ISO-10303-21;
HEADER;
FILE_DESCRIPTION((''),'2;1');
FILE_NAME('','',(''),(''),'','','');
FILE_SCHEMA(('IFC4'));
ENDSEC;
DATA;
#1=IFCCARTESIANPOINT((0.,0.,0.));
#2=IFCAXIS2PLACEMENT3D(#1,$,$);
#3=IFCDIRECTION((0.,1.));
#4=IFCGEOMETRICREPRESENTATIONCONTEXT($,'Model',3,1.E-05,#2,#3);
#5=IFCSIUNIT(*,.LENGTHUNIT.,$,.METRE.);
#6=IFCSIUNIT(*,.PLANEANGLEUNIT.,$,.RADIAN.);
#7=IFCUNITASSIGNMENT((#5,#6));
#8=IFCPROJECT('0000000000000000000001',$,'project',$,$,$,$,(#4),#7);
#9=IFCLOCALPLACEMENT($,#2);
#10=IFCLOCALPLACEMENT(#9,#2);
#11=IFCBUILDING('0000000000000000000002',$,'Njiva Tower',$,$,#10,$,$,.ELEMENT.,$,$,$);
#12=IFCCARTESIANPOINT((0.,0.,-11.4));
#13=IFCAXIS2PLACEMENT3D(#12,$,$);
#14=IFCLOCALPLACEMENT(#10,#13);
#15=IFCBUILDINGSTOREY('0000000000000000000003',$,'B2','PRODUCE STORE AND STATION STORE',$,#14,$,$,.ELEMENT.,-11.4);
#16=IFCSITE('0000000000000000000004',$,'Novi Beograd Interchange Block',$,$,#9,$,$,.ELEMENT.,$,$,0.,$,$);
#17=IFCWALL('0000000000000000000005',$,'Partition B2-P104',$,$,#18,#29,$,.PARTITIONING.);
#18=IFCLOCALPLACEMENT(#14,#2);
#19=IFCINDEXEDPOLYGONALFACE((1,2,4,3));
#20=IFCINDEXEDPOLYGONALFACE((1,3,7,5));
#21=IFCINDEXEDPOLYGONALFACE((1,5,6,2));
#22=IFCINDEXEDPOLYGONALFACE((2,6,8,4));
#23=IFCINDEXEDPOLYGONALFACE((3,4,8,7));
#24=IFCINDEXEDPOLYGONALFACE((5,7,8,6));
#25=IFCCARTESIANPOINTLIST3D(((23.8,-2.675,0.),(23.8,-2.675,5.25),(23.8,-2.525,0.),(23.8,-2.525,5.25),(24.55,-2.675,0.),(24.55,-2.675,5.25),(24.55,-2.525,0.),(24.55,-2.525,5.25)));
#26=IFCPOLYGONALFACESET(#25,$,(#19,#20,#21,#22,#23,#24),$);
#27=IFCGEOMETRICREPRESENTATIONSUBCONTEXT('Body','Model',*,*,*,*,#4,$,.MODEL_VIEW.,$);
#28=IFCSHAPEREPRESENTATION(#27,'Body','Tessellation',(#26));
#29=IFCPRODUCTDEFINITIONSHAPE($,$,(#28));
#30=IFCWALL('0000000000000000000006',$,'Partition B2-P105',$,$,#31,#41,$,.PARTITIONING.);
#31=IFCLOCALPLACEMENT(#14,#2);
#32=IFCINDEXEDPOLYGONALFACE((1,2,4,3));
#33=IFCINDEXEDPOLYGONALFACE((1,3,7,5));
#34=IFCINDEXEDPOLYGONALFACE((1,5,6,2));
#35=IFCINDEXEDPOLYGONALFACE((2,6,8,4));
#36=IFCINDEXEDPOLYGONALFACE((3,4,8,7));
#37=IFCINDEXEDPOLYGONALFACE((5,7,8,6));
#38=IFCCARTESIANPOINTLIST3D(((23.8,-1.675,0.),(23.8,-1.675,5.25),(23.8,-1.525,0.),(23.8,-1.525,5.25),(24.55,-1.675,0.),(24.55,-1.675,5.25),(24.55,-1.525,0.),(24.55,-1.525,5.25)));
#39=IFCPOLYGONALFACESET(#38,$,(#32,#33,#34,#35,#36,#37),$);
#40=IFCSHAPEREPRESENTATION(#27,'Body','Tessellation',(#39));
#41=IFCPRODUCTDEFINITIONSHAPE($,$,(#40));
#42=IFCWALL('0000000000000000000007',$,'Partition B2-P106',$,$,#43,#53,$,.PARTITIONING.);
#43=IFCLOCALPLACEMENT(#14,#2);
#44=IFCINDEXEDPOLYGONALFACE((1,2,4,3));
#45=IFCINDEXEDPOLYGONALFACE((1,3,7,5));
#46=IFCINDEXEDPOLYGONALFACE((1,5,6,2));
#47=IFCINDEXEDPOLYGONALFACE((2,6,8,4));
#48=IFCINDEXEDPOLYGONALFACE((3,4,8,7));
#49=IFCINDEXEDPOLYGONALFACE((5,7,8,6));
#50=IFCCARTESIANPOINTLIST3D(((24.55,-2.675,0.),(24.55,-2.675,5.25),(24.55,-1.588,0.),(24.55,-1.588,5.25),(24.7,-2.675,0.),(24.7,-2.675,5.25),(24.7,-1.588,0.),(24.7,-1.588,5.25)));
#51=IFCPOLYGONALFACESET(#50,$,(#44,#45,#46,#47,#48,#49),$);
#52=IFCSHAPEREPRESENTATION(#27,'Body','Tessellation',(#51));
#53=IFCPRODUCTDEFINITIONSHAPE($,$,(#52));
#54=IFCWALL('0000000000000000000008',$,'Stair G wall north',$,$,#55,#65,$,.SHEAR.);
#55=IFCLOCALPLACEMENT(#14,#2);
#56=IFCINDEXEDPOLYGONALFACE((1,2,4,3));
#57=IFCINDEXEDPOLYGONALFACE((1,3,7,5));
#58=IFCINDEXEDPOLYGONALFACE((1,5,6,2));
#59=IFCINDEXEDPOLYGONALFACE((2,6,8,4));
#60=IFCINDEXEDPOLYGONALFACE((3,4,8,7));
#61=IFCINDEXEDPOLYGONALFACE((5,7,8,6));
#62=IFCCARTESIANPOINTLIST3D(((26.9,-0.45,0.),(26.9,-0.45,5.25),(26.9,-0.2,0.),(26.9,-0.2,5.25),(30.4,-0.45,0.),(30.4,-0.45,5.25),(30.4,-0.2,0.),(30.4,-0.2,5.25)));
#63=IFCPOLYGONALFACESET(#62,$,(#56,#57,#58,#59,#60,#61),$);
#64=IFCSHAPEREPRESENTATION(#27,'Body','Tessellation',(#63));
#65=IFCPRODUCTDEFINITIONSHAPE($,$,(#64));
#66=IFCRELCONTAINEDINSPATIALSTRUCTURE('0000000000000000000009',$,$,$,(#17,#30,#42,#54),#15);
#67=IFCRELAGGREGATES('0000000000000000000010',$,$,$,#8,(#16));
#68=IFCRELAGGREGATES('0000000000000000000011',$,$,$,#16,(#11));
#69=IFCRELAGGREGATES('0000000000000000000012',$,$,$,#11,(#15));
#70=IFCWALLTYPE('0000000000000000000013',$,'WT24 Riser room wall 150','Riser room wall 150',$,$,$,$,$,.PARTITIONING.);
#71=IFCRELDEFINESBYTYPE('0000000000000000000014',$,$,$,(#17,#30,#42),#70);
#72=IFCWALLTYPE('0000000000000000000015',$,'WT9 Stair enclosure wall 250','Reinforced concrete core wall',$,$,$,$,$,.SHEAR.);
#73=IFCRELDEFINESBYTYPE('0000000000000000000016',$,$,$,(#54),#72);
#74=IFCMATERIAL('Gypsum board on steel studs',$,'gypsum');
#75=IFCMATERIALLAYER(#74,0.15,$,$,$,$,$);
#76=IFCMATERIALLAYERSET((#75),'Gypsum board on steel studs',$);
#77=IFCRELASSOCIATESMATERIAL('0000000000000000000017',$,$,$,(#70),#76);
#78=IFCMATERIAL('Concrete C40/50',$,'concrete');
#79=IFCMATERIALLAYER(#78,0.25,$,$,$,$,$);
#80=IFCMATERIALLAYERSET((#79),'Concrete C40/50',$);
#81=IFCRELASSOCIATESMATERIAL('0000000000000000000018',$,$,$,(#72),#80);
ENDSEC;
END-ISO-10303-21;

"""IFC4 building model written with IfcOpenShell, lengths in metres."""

from ifc_helpers import new_model, si_unit, direction, frame, frame_2d, origin, place, context, subcontext, project, spatial, rectangle, extrude, material, layer, layer_set, type_object, element, save


model = new_model("IFC4")

# Units and contexts
model_context = context("Model", 3, precision=1e-05, world=origin(), true_north=direction((0.0, 1.0)))
body_context = subcontext(model_context, "Body", "Model", "MODEL_VIEW")
ifc_project = project(units=[si_unit("LENGTHUNIT", "METRE"), si_unit("PLANEANGLEUNIT", "RADIAN")], contexts=[model_context])

# Site, building, storey
site_placement = place(None, origin())
site = spatial("IfcSite", under=ifc_project, at=site_placement, Name="Novi Beograd Interchange Block", CompositionType="ELEMENT", RefElevation=0.0)
building_placement = place(site_placement, origin())
building = spatial("IfcBuilding", under=site, at=building_placement, Name="Njiva Tower", CompositionType="ELEMENT")
storey_placement = place(building_placement, frame((0.0, 0.0, -11.4)))
storey = spatial("IfcBuildingStorey", under=building, at=storey_placement, Name="B2", Description="PRODUCE STORE AND STATION STORE", CompositionType="ELEMENT", Elevation=-11.4)

# Shared definitions
ifc_material_1 = material(Name="Gypsum board on steel studs", Category="gypsum")

# Walls
ifc_layer_1 = layer(ifc_material_1, 0.15)
ifc_layer_set_1 = layer_set([ifc_layer_1], Name="Gypsum board on steel studs")
wall_type_1 = type_object("IfcWallType", Name="WT24 Riser room wall 150", Description="Riser room wall 150", PredefinedType="PARTITIONING", material=ifc_layer_set_1)
for number, where, z_axis, x_axis, name in (
    (1, (23.8, -2.6, 0.0), (0.0, 0.0, 1.0), (1.0, 0.0, 0.0), "Partition B2-P104"),
    (2, (23.8, -1.6, 0.0), (0.0, 0.0, 1.0), (1.0, 0.0, 0.0), "Partition B2-P105"),
):
    element("IfcWall", number, at=place(storey_placement, frame(where, z_axis=z_axis, x_axis=x_axis)), inside=storey, type_object=wall_type_1, Name=name, PredefinedType="PARTITIONING", context=body_context, shape_type="SweptSolid", body=[
        extrude(rectangle(XDim=0.75, YDim=0.15, at=frame_2d((0.375, 0.0))), origin(), (0.0, 0.0, 1.0), 5.25),
    ])
wall_1_placement = place(storey_placement, frame((24.625, -2.675, 0.0), z_axis=(0.0, 0.0, 1.0), x_axis=(0.0, 1.0, 0.0)))
element("IfcWall", 3, at=wall_1_placement, inside=storey, type_object=wall_type_1, Name="Partition B2-P106", PredefinedType="PARTITIONING", context=body_context, shape_type="SweptSolid", body=[
    extrude(rectangle(XDim=1.087, YDim=0.15, at=frame_2d((0.5435, 0.0))), origin(), (0.0, 0.0, 1.0), 5.25),
])
ifc_material_2 = material(Name="Concrete C40/50", Category="concrete")
ifc_layer_2 = layer(ifc_material_2, 0.25)
ifc_layer_set_2 = layer_set([ifc_layer_2], Name="Concrete C40/50")
wall_type_2 = type_object("IfcWallType", Name="WT9 Stair enclosure wall 250", Description="Reinforced concrete core wall", PredefinedType="SHEAR", material=ifc_layer_set_2)
wall_2_placement = place(storey_placement, frame((26.9, -0.325, 0.0), z_axis=(0.0, 0.0, 1.0), x_axis=(1.0, 0.0, 0.0)))
element("IfcWall", 4, at=wall_2_placement, inside=storey, type_object=wall_type_2, Name="Stair G wall north", PredefinedType="SHEAR", context=body_context, shape_type="SweptSolid", body=[
    extrude(rectangle(XDim=3.5, YDim=0.25, at=frame_2d((1.75, 0.0))), origin(), (0.0, 0.0, 1.0), 5.25),
])

save(model, "model.ifc")
